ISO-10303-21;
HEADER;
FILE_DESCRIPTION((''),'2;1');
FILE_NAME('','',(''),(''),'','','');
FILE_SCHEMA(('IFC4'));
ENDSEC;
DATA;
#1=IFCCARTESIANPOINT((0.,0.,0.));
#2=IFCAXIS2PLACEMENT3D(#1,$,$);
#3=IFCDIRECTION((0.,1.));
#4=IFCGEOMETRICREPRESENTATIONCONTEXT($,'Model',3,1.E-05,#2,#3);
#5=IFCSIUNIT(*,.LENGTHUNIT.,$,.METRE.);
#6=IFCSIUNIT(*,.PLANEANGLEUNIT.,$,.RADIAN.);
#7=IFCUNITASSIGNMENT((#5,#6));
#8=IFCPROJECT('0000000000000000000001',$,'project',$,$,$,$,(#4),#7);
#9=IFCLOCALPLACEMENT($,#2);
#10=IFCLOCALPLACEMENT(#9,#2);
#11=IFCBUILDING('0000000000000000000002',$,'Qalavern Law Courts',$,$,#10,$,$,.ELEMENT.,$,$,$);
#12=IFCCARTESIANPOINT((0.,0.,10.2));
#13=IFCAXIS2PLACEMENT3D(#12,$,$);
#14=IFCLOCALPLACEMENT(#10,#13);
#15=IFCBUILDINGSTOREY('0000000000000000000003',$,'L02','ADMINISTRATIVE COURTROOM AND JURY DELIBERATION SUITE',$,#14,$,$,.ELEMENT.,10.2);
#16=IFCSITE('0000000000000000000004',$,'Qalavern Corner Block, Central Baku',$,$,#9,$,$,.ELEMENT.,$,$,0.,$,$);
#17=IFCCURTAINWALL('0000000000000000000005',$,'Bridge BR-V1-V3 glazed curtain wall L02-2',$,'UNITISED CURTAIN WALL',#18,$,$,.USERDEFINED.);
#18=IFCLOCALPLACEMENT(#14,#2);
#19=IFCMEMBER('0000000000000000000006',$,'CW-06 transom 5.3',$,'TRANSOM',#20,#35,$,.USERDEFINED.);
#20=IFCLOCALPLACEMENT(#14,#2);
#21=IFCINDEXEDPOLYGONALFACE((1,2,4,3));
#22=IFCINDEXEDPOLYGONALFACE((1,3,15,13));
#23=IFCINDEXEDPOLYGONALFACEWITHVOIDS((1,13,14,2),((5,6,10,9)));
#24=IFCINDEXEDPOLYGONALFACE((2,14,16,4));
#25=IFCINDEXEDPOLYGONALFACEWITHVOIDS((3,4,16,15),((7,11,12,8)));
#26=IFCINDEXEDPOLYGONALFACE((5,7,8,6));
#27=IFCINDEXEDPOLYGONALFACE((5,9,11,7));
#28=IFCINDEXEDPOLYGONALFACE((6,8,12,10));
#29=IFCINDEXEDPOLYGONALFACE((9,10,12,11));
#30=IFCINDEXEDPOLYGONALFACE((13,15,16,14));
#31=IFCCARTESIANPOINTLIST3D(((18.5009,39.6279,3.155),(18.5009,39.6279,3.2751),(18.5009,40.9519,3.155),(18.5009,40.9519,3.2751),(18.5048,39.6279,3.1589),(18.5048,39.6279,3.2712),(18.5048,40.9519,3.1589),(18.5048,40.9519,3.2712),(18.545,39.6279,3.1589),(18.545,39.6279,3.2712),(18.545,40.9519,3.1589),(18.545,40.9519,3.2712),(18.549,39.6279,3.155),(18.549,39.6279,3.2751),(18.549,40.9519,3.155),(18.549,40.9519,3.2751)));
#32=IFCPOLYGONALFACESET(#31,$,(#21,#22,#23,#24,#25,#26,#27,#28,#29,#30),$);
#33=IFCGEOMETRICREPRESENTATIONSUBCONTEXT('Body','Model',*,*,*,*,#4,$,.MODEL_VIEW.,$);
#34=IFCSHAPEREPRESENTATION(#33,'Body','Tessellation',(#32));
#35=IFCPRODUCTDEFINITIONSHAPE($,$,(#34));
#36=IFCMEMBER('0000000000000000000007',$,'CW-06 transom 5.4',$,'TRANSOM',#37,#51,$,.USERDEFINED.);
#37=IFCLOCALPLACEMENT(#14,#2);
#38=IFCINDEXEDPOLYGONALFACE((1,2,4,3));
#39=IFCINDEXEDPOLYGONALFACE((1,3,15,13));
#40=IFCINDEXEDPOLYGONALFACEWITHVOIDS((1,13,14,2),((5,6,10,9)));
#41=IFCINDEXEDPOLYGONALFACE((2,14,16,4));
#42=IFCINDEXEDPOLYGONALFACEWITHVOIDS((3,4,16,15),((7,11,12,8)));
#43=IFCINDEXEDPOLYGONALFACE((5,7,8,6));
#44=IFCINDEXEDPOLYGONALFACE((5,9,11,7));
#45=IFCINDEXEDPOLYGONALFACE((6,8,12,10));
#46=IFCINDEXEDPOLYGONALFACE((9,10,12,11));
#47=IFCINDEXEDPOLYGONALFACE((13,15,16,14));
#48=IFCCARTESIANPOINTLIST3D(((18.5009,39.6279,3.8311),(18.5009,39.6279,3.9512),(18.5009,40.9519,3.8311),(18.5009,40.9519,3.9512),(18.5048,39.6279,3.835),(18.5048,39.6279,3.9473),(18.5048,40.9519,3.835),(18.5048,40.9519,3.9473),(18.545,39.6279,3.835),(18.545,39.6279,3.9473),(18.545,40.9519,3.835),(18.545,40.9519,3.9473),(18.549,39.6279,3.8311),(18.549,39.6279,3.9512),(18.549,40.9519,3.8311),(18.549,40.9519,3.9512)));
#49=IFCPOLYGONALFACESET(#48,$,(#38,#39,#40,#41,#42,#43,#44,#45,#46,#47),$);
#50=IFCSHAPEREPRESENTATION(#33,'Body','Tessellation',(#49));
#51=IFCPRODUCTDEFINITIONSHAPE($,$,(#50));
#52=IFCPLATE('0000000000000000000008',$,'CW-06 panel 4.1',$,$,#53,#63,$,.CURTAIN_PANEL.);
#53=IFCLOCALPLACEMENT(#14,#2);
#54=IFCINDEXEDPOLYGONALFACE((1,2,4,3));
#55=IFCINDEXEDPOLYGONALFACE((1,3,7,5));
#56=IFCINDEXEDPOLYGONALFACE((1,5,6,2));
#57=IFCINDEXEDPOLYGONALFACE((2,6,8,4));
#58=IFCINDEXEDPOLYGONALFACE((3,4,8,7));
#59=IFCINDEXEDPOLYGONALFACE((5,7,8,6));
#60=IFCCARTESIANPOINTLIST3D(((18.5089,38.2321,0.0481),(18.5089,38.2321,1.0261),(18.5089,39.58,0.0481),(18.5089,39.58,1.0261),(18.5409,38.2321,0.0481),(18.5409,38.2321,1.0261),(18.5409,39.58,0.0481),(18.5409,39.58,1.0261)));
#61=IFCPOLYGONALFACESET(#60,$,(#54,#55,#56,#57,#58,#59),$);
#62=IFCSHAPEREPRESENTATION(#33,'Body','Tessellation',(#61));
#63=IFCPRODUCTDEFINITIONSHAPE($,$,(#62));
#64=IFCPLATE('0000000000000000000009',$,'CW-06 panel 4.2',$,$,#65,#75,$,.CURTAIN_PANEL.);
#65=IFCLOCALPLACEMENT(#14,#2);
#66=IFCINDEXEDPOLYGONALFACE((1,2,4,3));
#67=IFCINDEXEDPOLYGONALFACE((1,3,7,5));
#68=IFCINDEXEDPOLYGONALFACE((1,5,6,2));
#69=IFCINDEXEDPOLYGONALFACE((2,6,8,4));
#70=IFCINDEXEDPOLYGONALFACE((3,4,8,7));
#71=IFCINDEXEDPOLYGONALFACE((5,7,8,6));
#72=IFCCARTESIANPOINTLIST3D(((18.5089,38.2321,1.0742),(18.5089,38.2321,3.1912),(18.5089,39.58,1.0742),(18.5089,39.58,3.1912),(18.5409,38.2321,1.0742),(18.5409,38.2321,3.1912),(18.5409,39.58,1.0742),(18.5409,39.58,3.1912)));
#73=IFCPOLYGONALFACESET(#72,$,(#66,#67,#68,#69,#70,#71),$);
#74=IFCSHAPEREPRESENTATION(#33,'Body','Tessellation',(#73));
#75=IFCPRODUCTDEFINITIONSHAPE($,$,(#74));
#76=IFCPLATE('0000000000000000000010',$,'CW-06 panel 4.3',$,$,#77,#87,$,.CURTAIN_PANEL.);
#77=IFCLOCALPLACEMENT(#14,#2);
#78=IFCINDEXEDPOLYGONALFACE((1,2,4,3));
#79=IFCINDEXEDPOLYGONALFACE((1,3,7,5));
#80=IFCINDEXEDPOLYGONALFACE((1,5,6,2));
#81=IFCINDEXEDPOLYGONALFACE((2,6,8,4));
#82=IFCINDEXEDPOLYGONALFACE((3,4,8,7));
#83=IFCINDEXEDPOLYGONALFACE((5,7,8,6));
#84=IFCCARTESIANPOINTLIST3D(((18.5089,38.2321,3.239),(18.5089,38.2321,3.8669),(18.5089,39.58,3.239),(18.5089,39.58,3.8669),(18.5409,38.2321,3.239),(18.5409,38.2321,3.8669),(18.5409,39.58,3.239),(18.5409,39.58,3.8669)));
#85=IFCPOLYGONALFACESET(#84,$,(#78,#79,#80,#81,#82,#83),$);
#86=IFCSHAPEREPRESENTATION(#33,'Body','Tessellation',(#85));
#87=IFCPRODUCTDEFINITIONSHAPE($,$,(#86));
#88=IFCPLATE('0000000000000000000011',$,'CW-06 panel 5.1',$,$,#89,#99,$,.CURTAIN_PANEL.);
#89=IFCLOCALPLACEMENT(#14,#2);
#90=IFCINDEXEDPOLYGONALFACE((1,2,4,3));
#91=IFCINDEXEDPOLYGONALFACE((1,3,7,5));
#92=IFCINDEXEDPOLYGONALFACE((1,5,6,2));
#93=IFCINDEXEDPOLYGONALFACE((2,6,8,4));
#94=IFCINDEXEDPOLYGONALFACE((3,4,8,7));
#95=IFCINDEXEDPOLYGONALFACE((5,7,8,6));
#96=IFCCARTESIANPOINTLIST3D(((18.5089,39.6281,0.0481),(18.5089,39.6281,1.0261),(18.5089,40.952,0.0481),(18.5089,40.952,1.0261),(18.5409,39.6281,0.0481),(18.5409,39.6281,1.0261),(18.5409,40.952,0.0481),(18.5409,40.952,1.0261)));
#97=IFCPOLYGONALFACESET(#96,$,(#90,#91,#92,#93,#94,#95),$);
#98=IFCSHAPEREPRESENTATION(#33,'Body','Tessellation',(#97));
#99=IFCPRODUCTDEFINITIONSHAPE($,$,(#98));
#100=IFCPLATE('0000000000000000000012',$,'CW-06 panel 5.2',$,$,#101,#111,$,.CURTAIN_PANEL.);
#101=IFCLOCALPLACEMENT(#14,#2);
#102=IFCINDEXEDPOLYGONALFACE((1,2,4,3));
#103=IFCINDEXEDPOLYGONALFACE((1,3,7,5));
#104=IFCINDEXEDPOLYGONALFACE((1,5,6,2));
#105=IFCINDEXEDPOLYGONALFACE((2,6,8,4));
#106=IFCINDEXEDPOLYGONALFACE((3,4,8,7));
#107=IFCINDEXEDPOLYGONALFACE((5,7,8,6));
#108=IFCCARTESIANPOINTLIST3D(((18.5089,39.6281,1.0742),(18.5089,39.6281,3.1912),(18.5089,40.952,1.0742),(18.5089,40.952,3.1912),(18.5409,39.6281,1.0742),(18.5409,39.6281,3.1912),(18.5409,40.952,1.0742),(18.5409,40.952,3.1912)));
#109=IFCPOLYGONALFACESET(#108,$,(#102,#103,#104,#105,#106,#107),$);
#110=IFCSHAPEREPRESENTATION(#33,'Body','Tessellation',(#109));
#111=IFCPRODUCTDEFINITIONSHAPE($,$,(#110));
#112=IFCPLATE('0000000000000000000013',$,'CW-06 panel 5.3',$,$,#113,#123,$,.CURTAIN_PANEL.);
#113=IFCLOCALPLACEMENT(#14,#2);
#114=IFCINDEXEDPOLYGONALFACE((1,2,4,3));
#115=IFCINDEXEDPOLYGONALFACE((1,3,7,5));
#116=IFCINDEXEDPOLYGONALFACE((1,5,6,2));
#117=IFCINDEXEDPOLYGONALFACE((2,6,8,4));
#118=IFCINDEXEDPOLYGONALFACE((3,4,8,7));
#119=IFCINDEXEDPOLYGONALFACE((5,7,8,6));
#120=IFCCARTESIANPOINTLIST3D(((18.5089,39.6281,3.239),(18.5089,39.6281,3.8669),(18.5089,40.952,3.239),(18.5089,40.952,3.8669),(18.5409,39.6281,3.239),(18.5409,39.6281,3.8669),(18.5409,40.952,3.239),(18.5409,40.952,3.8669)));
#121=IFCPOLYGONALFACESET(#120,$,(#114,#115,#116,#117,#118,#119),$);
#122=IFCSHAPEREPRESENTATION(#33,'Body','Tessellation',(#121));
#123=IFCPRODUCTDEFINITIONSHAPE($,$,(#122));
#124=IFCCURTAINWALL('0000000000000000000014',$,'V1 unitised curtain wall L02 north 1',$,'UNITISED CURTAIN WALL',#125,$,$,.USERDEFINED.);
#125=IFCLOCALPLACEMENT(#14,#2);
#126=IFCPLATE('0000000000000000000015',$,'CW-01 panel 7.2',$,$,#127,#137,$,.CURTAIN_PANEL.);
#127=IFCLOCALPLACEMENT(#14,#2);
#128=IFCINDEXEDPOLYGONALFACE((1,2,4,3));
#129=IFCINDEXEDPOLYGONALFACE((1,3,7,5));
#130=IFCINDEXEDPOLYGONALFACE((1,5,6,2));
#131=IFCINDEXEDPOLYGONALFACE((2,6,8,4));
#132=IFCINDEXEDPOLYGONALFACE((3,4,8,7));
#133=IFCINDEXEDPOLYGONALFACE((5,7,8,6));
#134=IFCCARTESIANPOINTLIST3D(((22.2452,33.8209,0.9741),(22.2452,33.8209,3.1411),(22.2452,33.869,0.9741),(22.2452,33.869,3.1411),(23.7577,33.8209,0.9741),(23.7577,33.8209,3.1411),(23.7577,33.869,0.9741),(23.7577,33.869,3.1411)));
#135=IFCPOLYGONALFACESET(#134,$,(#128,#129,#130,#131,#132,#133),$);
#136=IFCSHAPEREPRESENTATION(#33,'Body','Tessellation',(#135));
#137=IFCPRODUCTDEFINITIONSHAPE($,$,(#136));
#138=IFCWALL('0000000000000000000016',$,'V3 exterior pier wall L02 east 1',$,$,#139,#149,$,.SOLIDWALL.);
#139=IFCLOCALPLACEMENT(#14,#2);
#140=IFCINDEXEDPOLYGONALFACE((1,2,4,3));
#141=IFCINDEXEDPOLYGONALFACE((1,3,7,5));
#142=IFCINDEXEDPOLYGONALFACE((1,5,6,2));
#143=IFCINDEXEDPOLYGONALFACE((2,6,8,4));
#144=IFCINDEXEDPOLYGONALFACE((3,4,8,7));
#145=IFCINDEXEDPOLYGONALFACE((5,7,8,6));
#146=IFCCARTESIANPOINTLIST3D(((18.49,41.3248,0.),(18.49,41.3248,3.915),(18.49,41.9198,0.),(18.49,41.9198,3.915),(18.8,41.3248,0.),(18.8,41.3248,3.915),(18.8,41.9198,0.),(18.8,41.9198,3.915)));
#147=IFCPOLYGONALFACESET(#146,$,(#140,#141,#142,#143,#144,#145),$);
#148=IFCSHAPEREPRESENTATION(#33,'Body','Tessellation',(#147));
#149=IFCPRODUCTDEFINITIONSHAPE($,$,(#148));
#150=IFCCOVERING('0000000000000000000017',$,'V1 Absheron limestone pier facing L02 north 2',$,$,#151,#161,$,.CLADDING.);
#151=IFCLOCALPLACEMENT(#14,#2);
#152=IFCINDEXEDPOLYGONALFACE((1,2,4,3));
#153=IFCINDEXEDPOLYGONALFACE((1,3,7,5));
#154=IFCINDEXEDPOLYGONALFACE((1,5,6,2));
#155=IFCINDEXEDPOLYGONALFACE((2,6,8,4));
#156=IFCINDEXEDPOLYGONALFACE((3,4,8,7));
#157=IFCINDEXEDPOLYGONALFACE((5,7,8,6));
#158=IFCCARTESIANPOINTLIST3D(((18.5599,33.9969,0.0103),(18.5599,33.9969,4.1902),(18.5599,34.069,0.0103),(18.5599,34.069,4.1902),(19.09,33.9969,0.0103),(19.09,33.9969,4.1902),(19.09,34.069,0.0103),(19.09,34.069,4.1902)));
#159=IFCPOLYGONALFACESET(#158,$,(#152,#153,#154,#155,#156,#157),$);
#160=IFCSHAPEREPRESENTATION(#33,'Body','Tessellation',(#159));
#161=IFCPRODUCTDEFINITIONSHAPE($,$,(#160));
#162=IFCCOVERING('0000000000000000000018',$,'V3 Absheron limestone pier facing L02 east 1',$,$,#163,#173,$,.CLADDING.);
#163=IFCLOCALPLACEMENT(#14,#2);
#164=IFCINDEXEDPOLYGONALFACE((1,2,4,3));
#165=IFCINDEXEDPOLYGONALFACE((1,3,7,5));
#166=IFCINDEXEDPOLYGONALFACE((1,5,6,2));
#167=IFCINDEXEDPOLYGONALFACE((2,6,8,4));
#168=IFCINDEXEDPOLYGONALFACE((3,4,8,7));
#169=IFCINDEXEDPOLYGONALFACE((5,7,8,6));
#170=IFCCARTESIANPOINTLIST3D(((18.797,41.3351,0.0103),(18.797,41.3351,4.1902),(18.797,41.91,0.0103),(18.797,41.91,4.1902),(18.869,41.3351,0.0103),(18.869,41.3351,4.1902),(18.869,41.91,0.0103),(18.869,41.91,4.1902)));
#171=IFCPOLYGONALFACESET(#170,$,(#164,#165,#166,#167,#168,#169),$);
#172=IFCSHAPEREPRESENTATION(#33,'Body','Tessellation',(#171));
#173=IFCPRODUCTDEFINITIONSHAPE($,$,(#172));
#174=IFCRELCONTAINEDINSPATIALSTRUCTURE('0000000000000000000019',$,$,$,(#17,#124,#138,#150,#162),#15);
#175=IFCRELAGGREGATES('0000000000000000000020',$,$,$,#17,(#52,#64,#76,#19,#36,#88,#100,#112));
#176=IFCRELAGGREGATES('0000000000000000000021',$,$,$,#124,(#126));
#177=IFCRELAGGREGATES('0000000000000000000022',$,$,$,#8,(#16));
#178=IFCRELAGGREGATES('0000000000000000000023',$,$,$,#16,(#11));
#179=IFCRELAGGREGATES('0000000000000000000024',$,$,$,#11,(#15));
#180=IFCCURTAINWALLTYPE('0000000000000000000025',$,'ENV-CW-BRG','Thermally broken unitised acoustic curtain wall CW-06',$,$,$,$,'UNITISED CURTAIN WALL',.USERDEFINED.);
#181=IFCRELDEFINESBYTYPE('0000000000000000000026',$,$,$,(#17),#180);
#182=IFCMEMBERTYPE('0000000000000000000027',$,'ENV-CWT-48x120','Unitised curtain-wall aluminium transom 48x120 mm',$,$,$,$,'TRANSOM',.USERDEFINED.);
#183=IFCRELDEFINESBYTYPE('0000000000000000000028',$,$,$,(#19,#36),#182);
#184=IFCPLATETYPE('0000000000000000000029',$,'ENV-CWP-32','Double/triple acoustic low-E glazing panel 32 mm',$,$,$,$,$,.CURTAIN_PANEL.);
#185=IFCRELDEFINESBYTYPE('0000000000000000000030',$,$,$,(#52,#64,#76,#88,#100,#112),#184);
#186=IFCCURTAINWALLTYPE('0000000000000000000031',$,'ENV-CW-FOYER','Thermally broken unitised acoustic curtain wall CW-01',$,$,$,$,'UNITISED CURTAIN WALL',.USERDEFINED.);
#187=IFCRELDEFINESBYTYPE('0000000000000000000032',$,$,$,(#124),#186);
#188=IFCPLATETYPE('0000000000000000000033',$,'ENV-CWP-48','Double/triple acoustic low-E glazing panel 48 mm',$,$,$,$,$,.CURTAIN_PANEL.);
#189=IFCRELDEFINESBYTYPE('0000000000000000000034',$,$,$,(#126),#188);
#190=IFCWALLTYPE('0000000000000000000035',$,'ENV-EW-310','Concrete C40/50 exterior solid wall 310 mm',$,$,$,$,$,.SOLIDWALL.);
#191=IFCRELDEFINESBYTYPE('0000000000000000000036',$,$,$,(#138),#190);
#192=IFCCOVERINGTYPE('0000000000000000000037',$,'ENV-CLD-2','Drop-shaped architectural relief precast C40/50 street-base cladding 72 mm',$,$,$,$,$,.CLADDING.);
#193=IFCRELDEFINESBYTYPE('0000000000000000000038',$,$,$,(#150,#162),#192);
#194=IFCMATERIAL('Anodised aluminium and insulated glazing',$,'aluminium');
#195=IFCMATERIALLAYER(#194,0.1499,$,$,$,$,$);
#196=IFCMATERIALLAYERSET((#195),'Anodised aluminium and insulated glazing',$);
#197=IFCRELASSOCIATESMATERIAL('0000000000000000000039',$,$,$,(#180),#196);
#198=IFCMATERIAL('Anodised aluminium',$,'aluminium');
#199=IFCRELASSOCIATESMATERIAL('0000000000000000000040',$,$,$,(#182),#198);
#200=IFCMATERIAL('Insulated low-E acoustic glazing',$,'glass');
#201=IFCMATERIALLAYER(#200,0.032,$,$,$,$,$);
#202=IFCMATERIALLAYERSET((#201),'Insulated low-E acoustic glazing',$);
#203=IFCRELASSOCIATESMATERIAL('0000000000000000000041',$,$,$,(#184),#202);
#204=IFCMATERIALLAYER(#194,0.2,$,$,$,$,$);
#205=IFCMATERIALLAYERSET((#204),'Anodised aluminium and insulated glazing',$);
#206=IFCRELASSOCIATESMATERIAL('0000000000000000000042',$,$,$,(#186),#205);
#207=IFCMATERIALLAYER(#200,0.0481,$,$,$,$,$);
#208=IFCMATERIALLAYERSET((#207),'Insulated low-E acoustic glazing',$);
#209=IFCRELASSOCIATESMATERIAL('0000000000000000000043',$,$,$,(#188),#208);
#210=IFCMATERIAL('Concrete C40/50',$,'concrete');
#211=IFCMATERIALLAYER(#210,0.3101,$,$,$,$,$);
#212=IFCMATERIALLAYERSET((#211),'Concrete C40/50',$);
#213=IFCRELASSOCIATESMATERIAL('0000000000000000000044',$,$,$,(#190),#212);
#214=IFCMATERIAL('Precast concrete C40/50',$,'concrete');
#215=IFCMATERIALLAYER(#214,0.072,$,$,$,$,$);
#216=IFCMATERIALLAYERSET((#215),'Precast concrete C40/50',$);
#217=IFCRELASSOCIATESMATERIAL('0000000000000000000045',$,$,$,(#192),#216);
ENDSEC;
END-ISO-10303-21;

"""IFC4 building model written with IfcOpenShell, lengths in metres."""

from ifc_helpers import new_model, si_unit, direction, frame, frame_2d, origin, origin_2d, place, context, subcontext, project, spatial, rectangle, hollow_rectangle, extrude, material, layer, layer_set, material_profile, profile_set, type_object, element, aggregate, save


model = new_model("IFC4")

# Units and contexts
model_context = context("Model", 3, precision=1e-05, world=origin(), true_north=direction((0.0, 1.0)))
body_context = subcontext(model_context, "Body", "Model", "MODEL_VIEW")
ifc_project = project(units=[si_unit("LENGTHUNIT", "METRE"), si_unit("PLANEANGLEUNIT", "RADIAN")], contexts=[model_context])

# Site, building, storey
site_placement = place(None, origin())
site = spatial("IfcSite", under=ifc_project, at=site_placement, Name="Qalavern Corner Block, Central Baku", CompositionType="ELEMENT", RefElevation=0.0)
building_placement = place(site_placement, origin())
building = spatial("IfcBuilding", under=site, at=building_placement, Name="Qalavern Law Courts", CompositionType="ELEMENT")
storey_placement = place(building_placement, frame((0.0, 0.0, 10.2)))
storey = spatial("IfcBuildingStorey", under=building, at=storey_placement, Name="L02", Description="ADMINISTRATIVE COURTROOM AND JURY DELIBERATION SUITE", CompositionType="ELEMENT", Elevation=10.2)

# Shared definitions
ifc_material_1 = material(Name="Anodised aluminium and insulated glazing", Category="aluminium")
ifc_material_2 = material(Name="Anodised aluminium", Category="aluminium")

# Curtain wall
ifc_layer_1 = layer(ifc_material_1, 0.1499)
ifc_layer_set_1 = layer_set([ifc_layer_1], Name="Anodised aluminium and insulated glazing")
curtain_wall_type_1 = type_object("IfcCurtainWallType", Name="ENV-CW-BRG", Description="Thermally broken unitised acoustic curtain wall CW-06", ElementType="UNITISED CURTAIN WALL", PredefinedType="USERDEFINED", material=ifc_layer_set_1)
curtain_wall_1_placement = place(storey_placement, origin())
curtain_wall_1 = element("IfcCurtainWall", 1, at=curtain_wall_1_placement, inside=storey, type_object=curtain_wall_type_1, Name="Bridge BR-V1-V3 glazed curtain wall L02-2", ObjectType="UNITISED CURTAIN WALL", PredefinedType="USERDEFINED")

# Members
ifc_material_profile_1 = material_profile(ifc_material_2, hollow_rectangle(XDim=0.0481, YDim=0.1201, WallThickness=0.0039, at=origin_2d()), Name="ALU TRANSOM 48x120")
ifc_profile_set_1 = profile_set([ifc_material_profile_1], Name="Anodised aluminium")
member_type_1 = type_object("IfcMemberType", Name="ENV-CWT-48x120", Description="Unitised curtain-wall aluminium transom 48x120 mm", ElementType="TRANSOM", PredefinedType="USERDEFINED", material=ifc_profile_set_1)
member_1_placement = place(storey_placement, frame((18.5249, 39.6279, 3.2151), z_axis=(0.0, 1.0, 0.0), x_axis=(-1.0, 0.0, 0.0)))
member_1 = element("IfcMember", 2, at=member_1_placement, type_object=member_type_1, Name="CW-06 transom 5.3", ObjectType="TRANSOM", PredefinedType="USERDEFINED", context=body_context, shape_type="SweptSolid", body=[
    extrude(hollow_rectangle(XDim=0.0481, YDim=0.1201, WallThickness=0.0039, at=origin_2d()), origin(), (0.0, 0.0, 1.0), 1.324),
])
member_2_placement = place(storey_placement, frame((18.5249, 39.6279, 3.8911), z_axis=(0.0, 1.0, 0.0), x_axis=(-1.0, 0.0, 0.0)))
member_2 = element("IfcMember", 3, at=member_2_placement, type_object=member_type_1, Name="CW-06 transom 5.4", ObjectType="TRANSOM", PredefinedType="USERDEFINED", context=body_context, shape_type="SweptSolid", body=[
    extrude(hollow_rectangle(XDim=0.0481, YDim=0.1201, WallThickness=0.0039, at=origin_2d()), origin(), (0.0, 0.0, 1.0), 1.324),
])

# Plates
ifc_material_3 = material(Name="Insulated low-E acoustic glazing", Category="glass")
ifc_layer_2 = layer(ifc_material_3, 0.032)
ifc_layer_set_2 = layer_set([ifc_layer_2], Name="Insulated low-E acoustic glazing")
plate_type_1 = type_object("IfcPlateType", Name="ENV-CWP-32", Description="Double/triple acoustic low-E glazing panel 32 mm", PredefinedType="CURTAIN_PANEL", material=ifc_layer_set_2)
plate_1_placement = place(storey_placement, frame((18.5249, 38.906, 0.0481), z_axis=(0.0, 0.0, 1.0), x_axis=(0.0, 1.0, 0.0)))
plate_1 = element("IfcPlate", 4, at=plate_1_placement, type_object=plate_type_1, Name="CW-06 panel 4.1", PredefinedType="CURTAIN_PANEL", context=body_context, shape_type="SweptSolid", body=[
    extrude(rectangle(XDim=1.3479, YDim=0.032, at=origin_2d()), origin(), (0.0, 0.0, 1.0), 0.978),
])
plate_2_placement = place(storey_placement, frame((18.5249, 38.906, 1.0742), z_axis=(0.0, 0.0, 1.0), x_axis=(0.0, 1.0, 0.0)))
plate_2 = element("IfcPlate", 5, at=plate_2_placement, type_object=plate_type_1, Name="CW-06 panel 4.2", PredefinedType="CURTAIN_PANEL", context=body_context, shape_type="SweptSolid", body=[
    extrude(rectangle(XDim=1.3479, YDim=0.032, at=origin_2d()), origin(), (0.0, 0.0, 1.0), 2.1169),
])
plate_3_placement = place(storey_placement, frame((18.5249, 38.906, 3.239), z_axis=(0.0, 0.0, 1.0), x_axis=(0.0, 1.0, 0.0)))
plate_3 = element("IfcPlate", 6, at=plate_3_placement, type_object=plate_type_1, Name="CW-06 panel 4.3", PredefinedType="CURTAIN_PANEL", context=body_context, shape_type="SweptSolid", body=[
    extrude(rectangle(XDim=1.3479, YDim=0.032, at=origin_2d()), origin(), (0.0, 0.0, 1.0), 0.6279),
])
plate_4_placement = place(storey_placement, frame((18.5249, 40.29, 0.0481), z_axis=(0.0, 0.0, 1.0), x_axis=(0.0, 1.0, 0.0)))
plate_4 = element("IfcPlate", 7, at=plate_4_placement, type_object=plate_type_1, Name="CW-06 panel 5.1", PredefinedType="CURTAIN_PANEL", context=body_context, shape_type="SweptSolid", body=[
    extrude(rectangle(XDim=1.324, YDim=0.032, at=origin_2d()), origin(), (0.0, 0.0, 1.0), 0.978),
])
plate_5_placement = place(storey_placement, frame((18.5249, 40.29, 1.0742), z_axis=(0.0, 0.0, 1.0), x_axis=(0.0, 1.0, 0.0)))
plate_5 = element("IfcPlate", 8, at=plate_5_placement, type_object=plate_type_1, Name="CW-06 panel 5.2", PredefinedType="CURTAIN_PANEL", context=body_context, shape_type="SweptSolid", body=[
    extrude(rectangle(XDim=1.324, YDim=0.032, at=origin_2d()), origin(), (0.0, 0.0, 1.0), 2.1169),
])
plate_6_placement = place(storey_placement, frame((18.5249, 40.29, 3.239), z_axis=(0.0, 0.0, 1.0), x_axis=(0.0, 1.0, 0.0)))
plate_6 = element("IfcPlate", 9, at=plate_6_placement, type_object=plate_type_1, Name="CW-06 panel 5.3", PredefinedType="CURTAIN_PANEL", context=body_context, shape_type="SweptSolid", body=[
    extrude(rectangle(XDim=1.324, YDim=0.032, at=origin_2d()), origin(), (0.0, 0.0, 1.0), 0.6279),
])
aggregate(curtain_wall_1, [plate_1, plate_2, plate_3, member_1, member_2, plate_4, plate_5, plate_6])

# Curtain wall, plate
ifc_layer_3 = layer(ifc_material_1, 0.2)
ifc_layer_set_3 = layer_set([ifc_layer_3], Name="Anodised aluminium and insulated glazing")
curtain_wall_type_2 = type_object("IfcCurtainWallType", Name="ENV-CW-FOYER", Description="Thermally broken unitised acoustic curtain wall CW-01", ElementType="UNITISED CURTAIN WALL", PredefinedType="USERDEFINED", material=ifc_layer_set_3)
curtain_wall_2_placement = place(storey_placement, origin())
curtain_wall_2 = element("IfcCurtainWall", 10, at=curtain_wall_2_placement, inside=storey, type_object=curtain_wall_type_2, Name="V1 unitised curtain wall L02 north 1", ObjectType="UNITISED CURTAIN WALL", PredefinedType="USERDEFINED")
ifc_layer_4 = layer(ifc_material_3, 0.0481)
ifc_layer_set_4 = layer_set([ifc_layer_4], Name="Insulated low-E acoustic glazing")
plate_type_2 = type_object("IfcPlateType", Name="ENV-CWP-48", Description="Double/triple acoustic low-E glazing panel 48 mm", PredefinedType="CURTAIN_PANEL", material=ifc_layer_set_4)
plate_7_placement = place(storey_placement, frame((23.0015, 33.845, 0.9741), z_axis=(0.0, 0.0, 1.0), x_axis=(-1.0, 0.0, 0.0)))
plate_7 = element("IfcPlate", 11, at=plate_7_placement, type_object=plate_type_2, Name="CW-01 panel 7.2", PredefinedType="CURTAIN_PANEL", context=body_context, shape_type="SweptSolid", body=[
    extrude(rectangle(XDim=1.5125, YDim=0.0481, at=origin_2d()), origin(), (0.0, 0.0, 1.0), 2.167),
])
aggregate(curtain_wall_2, [plate_7])

# Wall
ifc_material_4 = material(Name="Concrete C40/50", Category="concrete")
ifc_layer_5 = layer(ifc_material_4, 0.3101)
ifc_layer_set_5 = layer_set([ifc_layer_5], Name="Concrete C40/50")
wall_type = type_object("IfcWallType", Name="ENV-EW-310", Description="Concrete C40/50 exterior solid wall 310 mm", PredefinedType="SOLIDWALL", material=ifc_layer_set_5)
wall_placement = place(storey_placement, frame((18.645, 41.325, 0.0), z_axis=(0.0, 0.0, 1.0), x_axis=(0.0, 1.0, 0.0)))
element("IfcWall", 12, at=wall_placement, inside=storey, type_object=wall_type, Name="V3 exterior pier wall L02 east 1", PredefinedType="SOLIDWALL", context=body_context, shape_type="SweptSolid", body=[
    extrude(rectangle(XDim=0.595, YDim=0.3101, at=frame_2d((0.2974, 0.0))), origin(), (0.0, 0.0, 1.0), 3.915),
])

# Coverings
ifc_material_5 = material(Name="Precast concrete C40/50", Category="concrete")
ifc_layer_6 = layer(ifc_material_5, 0.072)
ifc_layer_set_6 = layer_set([ifc_layer_6], Name="Precast concrete C40/50")
covering_type = type_object("IfcCoveringType", Name="ENV-CLD-2", Description="Drop-shaped architectural relief precast C40/50 street-base cladding 72 mm", PredefinedType="CLADDING", material=ifc_layer_set_6)
covering_1_placement = place(storey_placement, frame((18.825, 34.033, 0.0103), z_axis=(0.0, 0.0, 1.0), x_axis=(-1.0, 0.0, 0.0)))
element("IfcCovering", 13, at=covering_1_placement, inside=storey, type_object=covering_type, Name="V1 Absheron limestone pier facing L02 north 2", PredefinedType="CLADDING", context=body_context, shape_type="SweptSolid", body=[
    extrude(rectangle(XDim=0.53, YDim=0.072, at=origin_2d()), origin(), (0.0, 0.0, 1.0), 4.1799),
])
covering_2_placement = place(storey_placement, frame((18.833, 41.6226, 0.0103), z_axis=(0.0, 0.0, 1.0), x_axis=(0.0, 1.0, 0.0)))
element("IfcCovering", 14, at=covering_2_placement, inside=storey, type_object=covering_type, Name="V3 Absheron limestone pier facing L02 east 1", PredefinedType="CLADDING", context=body_context, shape_type="SweptSolid", body=[
    extrude(rectangle(XDim=0.575, YDim=0.072, at=origin_2d()), origin(), (0.0, 0.0, 1.0), 4.1799),
])

save(model, "model.ifc")
